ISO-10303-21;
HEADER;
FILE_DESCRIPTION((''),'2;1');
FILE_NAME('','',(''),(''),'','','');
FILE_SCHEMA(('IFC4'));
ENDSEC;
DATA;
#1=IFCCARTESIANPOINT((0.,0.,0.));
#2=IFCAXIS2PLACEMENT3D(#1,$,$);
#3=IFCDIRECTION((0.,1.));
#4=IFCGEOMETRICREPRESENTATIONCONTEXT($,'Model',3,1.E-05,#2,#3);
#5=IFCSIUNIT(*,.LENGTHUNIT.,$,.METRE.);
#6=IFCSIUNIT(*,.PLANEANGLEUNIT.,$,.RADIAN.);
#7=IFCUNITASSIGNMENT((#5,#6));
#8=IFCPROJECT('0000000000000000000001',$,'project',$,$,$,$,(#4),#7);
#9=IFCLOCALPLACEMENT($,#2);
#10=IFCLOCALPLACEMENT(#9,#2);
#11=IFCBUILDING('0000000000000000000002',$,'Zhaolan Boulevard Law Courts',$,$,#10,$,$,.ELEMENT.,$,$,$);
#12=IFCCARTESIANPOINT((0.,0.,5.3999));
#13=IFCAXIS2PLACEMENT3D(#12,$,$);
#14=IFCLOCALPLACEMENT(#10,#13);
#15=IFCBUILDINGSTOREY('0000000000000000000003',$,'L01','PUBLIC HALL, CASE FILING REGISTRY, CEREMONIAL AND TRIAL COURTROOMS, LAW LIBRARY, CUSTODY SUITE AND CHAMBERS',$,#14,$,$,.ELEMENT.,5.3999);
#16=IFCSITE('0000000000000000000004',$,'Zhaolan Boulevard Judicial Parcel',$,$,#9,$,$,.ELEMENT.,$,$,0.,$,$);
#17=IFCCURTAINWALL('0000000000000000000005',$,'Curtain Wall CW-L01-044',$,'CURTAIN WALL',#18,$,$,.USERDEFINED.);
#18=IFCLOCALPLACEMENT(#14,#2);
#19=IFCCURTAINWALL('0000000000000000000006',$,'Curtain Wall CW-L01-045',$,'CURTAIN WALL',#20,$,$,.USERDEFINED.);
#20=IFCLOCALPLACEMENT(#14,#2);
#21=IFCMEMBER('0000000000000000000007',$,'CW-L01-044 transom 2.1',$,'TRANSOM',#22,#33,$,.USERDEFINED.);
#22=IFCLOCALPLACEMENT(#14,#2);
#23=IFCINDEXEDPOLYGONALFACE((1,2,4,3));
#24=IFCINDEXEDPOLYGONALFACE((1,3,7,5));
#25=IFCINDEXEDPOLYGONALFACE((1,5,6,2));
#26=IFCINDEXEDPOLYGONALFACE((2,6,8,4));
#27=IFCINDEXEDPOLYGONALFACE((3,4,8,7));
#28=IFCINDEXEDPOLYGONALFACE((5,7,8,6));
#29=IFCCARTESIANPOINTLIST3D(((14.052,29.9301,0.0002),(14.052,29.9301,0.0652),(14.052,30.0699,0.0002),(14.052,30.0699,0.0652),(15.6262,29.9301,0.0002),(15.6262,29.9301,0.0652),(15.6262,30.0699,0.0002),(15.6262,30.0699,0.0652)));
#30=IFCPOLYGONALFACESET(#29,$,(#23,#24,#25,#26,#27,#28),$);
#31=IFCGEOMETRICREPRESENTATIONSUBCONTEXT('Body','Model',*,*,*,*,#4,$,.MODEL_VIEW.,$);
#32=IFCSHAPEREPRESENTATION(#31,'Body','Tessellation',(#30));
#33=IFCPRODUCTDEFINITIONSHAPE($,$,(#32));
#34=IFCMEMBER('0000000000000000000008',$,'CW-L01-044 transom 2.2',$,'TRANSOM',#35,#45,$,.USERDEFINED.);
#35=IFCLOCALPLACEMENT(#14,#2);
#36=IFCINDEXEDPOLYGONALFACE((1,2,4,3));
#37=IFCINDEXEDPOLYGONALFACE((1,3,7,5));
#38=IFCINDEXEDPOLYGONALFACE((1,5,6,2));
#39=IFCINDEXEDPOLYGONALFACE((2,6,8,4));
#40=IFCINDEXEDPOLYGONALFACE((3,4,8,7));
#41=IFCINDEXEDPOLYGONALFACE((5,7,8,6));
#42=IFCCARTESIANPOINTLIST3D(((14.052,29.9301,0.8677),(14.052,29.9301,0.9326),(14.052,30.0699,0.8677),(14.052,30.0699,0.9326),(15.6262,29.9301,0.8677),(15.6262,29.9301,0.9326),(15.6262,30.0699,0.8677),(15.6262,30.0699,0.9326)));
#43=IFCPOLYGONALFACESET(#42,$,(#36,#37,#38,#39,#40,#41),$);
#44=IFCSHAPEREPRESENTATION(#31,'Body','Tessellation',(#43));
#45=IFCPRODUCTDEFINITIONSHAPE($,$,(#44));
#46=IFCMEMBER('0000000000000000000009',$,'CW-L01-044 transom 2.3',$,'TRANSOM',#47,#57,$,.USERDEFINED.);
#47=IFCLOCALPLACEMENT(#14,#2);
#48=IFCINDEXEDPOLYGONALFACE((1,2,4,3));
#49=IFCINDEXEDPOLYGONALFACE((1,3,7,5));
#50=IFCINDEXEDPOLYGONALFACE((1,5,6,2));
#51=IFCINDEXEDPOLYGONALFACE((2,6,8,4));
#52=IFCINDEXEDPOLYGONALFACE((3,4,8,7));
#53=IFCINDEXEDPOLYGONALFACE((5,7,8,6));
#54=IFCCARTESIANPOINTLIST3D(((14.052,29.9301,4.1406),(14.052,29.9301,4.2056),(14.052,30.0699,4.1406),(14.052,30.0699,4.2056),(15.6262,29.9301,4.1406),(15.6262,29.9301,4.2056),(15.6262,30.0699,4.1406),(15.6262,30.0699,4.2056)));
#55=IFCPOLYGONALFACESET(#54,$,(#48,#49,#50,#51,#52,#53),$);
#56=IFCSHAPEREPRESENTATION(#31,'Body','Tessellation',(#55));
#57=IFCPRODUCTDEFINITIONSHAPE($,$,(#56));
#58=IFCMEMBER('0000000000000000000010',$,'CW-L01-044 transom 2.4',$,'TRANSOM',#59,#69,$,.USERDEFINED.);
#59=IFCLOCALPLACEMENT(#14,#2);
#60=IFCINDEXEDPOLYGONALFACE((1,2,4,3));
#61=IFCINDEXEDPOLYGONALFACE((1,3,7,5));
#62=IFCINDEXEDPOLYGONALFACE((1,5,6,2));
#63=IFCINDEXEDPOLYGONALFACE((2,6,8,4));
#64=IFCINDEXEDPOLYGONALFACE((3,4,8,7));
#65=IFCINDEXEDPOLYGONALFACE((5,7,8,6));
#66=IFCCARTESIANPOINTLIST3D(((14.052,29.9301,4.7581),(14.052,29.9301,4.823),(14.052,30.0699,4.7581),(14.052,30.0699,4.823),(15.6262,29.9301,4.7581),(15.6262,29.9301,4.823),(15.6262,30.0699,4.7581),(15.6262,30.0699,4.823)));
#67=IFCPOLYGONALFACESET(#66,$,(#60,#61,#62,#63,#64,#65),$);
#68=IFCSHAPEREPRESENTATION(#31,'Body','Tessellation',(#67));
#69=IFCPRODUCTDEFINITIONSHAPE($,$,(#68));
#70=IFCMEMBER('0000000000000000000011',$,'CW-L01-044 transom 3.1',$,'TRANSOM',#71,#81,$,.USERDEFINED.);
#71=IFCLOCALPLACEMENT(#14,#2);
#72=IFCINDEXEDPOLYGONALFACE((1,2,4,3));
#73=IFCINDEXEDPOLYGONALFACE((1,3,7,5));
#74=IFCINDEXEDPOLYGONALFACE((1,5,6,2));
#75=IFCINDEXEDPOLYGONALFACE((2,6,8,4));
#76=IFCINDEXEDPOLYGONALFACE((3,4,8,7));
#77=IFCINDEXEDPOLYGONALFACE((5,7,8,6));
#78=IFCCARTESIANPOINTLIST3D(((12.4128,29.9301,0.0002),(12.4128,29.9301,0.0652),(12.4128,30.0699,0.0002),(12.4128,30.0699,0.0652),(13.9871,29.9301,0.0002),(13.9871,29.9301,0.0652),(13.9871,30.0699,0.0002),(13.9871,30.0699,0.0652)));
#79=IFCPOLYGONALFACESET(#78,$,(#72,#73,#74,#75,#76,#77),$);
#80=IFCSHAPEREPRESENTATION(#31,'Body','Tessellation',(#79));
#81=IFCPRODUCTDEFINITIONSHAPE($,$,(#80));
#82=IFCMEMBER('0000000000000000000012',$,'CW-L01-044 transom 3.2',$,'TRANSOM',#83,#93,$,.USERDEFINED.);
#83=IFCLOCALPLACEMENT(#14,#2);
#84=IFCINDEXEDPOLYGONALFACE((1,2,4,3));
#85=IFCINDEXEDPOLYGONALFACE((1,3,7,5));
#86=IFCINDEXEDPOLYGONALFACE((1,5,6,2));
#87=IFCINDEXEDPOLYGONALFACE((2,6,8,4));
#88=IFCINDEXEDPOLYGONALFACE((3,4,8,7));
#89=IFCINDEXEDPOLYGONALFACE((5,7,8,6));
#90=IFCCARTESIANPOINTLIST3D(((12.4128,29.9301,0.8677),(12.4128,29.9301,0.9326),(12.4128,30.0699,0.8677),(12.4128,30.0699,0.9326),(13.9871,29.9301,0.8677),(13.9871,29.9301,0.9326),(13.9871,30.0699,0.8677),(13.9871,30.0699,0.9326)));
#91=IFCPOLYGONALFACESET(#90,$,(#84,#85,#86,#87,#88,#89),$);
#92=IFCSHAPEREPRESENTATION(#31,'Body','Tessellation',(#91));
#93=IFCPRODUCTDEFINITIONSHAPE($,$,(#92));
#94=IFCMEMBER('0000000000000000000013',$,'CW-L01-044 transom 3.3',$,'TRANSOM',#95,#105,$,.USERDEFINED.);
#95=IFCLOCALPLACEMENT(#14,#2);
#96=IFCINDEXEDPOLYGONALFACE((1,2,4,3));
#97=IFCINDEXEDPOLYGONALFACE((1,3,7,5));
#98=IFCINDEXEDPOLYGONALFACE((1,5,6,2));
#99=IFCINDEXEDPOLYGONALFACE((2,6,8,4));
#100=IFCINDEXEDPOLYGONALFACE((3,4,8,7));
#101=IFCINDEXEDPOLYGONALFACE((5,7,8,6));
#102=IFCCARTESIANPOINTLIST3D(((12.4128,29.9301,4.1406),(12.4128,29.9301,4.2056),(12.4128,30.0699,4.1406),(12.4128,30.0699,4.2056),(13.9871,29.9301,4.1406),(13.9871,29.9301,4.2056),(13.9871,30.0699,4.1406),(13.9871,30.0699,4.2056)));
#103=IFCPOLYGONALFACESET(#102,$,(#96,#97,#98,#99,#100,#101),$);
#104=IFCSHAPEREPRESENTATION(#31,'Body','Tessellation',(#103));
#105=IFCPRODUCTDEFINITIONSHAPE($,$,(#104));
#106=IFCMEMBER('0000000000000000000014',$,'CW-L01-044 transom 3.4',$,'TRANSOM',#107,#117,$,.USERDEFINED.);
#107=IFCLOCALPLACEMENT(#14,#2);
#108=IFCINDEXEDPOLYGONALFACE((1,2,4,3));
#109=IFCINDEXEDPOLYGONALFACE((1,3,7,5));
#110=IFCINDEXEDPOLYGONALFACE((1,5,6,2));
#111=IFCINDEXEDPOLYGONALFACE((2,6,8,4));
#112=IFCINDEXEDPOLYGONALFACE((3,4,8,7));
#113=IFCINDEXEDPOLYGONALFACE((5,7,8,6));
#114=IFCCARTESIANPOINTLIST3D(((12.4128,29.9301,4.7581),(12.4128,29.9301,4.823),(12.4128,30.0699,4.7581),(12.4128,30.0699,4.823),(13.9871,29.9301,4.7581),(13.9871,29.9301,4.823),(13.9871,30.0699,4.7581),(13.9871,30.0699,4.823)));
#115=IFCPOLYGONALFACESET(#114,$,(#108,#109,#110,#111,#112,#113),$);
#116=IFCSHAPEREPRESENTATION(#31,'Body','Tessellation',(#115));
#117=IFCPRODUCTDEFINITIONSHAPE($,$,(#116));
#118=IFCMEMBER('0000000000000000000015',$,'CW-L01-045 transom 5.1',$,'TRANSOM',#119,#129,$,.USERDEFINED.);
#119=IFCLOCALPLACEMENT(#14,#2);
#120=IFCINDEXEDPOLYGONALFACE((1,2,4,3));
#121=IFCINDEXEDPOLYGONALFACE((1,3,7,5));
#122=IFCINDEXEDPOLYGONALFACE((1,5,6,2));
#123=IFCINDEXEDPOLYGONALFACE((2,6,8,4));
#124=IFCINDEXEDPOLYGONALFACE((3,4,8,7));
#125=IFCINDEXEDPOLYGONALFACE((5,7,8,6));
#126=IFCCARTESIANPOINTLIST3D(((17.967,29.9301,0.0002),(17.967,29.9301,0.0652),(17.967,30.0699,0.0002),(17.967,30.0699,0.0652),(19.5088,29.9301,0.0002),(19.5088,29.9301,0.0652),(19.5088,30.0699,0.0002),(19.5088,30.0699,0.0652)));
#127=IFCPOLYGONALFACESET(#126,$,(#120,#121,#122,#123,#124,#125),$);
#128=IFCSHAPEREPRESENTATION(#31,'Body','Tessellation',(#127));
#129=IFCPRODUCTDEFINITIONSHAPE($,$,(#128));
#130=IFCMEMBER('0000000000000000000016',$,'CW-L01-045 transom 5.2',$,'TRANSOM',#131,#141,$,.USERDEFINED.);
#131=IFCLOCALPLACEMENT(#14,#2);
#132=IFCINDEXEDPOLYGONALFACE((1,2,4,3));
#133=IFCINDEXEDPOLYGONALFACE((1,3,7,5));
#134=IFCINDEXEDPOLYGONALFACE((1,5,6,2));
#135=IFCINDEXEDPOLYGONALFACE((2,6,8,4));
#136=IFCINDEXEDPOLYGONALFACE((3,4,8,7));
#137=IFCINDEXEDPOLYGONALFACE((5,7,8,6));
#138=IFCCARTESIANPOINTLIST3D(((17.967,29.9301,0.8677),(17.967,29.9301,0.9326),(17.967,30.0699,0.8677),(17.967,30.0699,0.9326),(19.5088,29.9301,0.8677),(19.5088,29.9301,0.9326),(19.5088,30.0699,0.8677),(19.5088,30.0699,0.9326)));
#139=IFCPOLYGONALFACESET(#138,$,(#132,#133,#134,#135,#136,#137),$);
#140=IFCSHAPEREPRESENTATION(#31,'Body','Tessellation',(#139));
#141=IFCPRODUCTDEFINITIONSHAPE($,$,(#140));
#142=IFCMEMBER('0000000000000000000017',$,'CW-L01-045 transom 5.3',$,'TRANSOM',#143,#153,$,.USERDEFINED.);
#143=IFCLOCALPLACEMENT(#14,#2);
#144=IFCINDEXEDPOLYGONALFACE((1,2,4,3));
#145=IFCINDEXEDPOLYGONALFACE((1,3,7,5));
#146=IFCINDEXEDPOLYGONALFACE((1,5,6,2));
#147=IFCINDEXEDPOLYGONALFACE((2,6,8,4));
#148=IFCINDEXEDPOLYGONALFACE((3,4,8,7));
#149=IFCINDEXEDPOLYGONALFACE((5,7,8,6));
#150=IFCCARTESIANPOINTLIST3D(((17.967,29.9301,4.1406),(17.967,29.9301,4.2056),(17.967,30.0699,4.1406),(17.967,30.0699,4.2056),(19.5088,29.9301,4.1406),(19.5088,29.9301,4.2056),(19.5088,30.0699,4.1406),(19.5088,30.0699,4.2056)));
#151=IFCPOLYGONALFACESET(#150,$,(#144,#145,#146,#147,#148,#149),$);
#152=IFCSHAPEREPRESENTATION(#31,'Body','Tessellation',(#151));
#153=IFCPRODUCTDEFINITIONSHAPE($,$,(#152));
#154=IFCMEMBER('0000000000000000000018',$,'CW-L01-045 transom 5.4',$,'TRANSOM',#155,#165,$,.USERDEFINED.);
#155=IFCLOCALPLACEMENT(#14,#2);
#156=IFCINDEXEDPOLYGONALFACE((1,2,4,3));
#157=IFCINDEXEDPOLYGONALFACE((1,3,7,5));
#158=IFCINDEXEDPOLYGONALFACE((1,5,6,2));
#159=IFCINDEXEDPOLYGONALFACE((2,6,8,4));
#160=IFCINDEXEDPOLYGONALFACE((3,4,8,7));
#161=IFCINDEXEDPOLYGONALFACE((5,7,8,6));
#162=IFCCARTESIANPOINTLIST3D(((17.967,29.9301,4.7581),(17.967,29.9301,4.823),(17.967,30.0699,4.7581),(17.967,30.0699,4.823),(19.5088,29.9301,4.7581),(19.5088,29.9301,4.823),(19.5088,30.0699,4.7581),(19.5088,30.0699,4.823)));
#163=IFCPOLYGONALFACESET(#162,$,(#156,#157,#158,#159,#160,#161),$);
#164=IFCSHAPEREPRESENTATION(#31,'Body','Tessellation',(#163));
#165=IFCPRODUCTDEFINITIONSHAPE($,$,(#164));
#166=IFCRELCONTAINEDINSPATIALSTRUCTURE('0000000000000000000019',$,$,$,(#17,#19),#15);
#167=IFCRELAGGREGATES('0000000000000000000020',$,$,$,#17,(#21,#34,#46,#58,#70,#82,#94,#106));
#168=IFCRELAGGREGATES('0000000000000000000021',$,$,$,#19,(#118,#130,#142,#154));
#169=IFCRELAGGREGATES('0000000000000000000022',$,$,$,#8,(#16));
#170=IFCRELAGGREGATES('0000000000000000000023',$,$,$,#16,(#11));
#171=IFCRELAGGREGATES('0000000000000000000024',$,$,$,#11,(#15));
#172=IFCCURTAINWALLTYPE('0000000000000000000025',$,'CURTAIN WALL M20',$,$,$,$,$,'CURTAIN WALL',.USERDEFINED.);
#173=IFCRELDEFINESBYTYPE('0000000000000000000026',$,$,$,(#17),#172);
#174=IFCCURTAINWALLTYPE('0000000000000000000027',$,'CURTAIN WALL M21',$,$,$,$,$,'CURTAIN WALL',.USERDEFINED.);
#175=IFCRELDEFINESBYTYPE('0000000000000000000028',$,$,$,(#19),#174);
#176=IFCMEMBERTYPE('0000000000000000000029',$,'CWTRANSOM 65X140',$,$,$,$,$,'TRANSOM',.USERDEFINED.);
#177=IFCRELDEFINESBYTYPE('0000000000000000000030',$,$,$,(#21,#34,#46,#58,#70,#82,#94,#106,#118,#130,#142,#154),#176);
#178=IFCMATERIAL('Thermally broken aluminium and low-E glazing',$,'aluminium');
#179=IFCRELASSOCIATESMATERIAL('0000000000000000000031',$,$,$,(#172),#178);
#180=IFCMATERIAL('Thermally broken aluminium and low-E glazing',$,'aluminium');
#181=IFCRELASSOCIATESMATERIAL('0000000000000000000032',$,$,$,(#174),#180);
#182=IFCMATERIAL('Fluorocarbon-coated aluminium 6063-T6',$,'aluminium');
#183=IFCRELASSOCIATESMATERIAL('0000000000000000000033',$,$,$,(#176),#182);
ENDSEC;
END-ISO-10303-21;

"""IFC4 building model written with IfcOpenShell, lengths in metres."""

from ifc_helpers import new_model, si_unit, direction, frame, origin, origin_2d, place, context, subcontext, project, spatial, rectangle, extrude, material, material_profile, profile_set, type_object, element, aggregate, save


model = new_model("IFC4")

# Units and contexts
model_context = context("Model", 3, precision=1e-05, world=origin(), true_north=direction((0.0, 1.0)))
body_context = subcontext(model_context, "Body", "Model", "MODEL_VIEW")
ifc_project = project(units=[si_unit("LENGTHUNIT", "METRE"), si_unit("PLANEANGLEUNIT", "RADIAN")], contexts=[model_context])

# Site, building, storey
site_placement = place(None, origin())
site = spatial("IfcSite", under=ifc_project, at=site_placement, Name="Zhaolan Boulevard Judicial Parcel", CompositionType="ELEMENT", RefElevation=0.0)
building_placement = place(site_placement, origin())
building = spatial("IfcBuilding", under=site, at=building_placement, Name="Zhaolan Boulevard Law Courts", CompositionType="ELEMENT")
storey_placement = place(building_placement, frame((0.0, 0.0, 5.3999)))
storey = spatial("IfcBuildingStorey", under=building, at=storey_placement, Name="L01", Description="PUBLIC HALL, CASE FILING REGISTRY, CEREMONIAL AND TRIAL COURTROOMS, LAW LIBRARY, CUSTODY SUITE AND CHAMBERS", CompositionType="ELEMENT", Elevation=5.3999)

# Curtain walls
ifc_material_1 = material(Name="Thermally broken aluminium and low-E glazing", Category="aluminium")
curtain_wall_type_1 = type_object("IfcCurtainWallType", Name="CURTAIN WALL M20", ElementType="CURTAIN WALL", PredefinedType="USERDEFINED", material=ifc_material_1)
curtain_wall_1_placement = place(storey_placement, origin())
curtain_wall_1 = element("IfcCurtainWall", 1, at=curtain_wall_1_placement, inside=storey, type_object=curtain_wall_type_1, Name="Curtain Wall CW-L01-044", ObjectType="CURTAIN WALL", PredefinedType="USERDEFINED")
ifc_material_2 = material(Name="Thermally broken aluminium and low-E glazing", Category="aluminium")
curtain_wall_type_2 = type_object("IfcCurtainWallType", Name="CURTAIN WALL M21", ElementType="CURTAIN WALL", PredefinedType="USERDEFINED", material=ifc_material_2)
curtain_wall_2_placement = place(storey_placement, origin())
curtain_wall_2 = element("IfcCurtainWall", 2, at=curtain_wall_2_placement, inside=storey, type_object=curtain_wall_type_2, Name="Curtain Wall CW-L01-045", ObjectType="CURTAIN WALL", PredefinedType="USERDEFINED")

# Members
ifc_material_3 = material(Name="Fluorocarbon-coated aluminium 6063-T6", Category="aluminium")
ifc_material_profile_1 = material_profile(ifc_material_3, rectangle(XDim=0.1399, YDim=0.0649, at=origin_2d()), Name="AL65x140")
ifc_profile_set_1 = profile_set([ifc_material_profile_1], Name="Fluorocarbon-coated aluminium 6063-T6")
member_type_1 = type_object("IfcMemberType", Name="CWTRANSOM 65X140", ElementType="TRANSOM", PredefinedType="USERDEFINED", material=ifc_profile_set_1)
member_1_placement = place(storey_placement, frame((15.6262, 30.0, 0.0327), z_axis=(-1.0, 0.0, 0.0), x_axis=(0.0, -1.0, 0.0)))
member_1 = element("IfcMember", 3, at=member_1_placement, type_object=member_type_1, Name="CW-L01-044 transom 2.1", ObjectType="TRANSOM", PredefinedType="USERDEFINED", context=body_context, shape_type="SweptSolid", body=[
    extrude(rectangle(XDim=0.1399, YDim=0.0649, at=origin_2d()), origin(), (0.0, 0.0, 1.0), 1.5742),
])
member_2_placement = place(storey_placement, frame((15.6262, 30.0, 0.9001), z_axis=(-1.0, 0.0, 0.0), x_axis=(0.0, -1.0, 0.0)))
member_2 = element("IfcMember", 4, at=member_2_placement, type_object=member_type_1, Name="CW-L01-044 transom 2.2", ObjectType="TRANSOM", PredefinedType="USERDEFINED", context=body_context, shape_type="SweptSolid", body=[
    extrude(rectangle(XDim=0.1399, YDim=0.0649, at=origin_2d()), origin(), (0.0, 0.0, 1.0), 1.5742),
])
member_3_placement = place(storey_placement, frame((15.6262, 30.0, 4.1731), z_axis=(-1.0, 0.0, 0.0), x_axis=(0.0, -1.0, 0.0)))
member_3 = element("IfcMember", 5, at=member_3_placement, type_object=member_type_1, Name="CW-L01-044 transom 2.3", ObjectType="TRANSOM", PredefinedType="USERDEFINED", context=body_context, shape_type="SweptSolid", body=[
    extrude(rectangle(XDim=0.1399, YDim=0.0649, at=origin_2d()), origin(), (0.0, 0.0, 1.0), 1.5742),
])
member_4_placement = place(storey_placement, frame((15.6262, 30.0, 4.7905), z_axis=(-1.0, 0.0, 0.0), x_axis=(0.0, -1.0, 0.0)))
member_4 = element("IfcMember", 6, at=member_4_placement, type_object=member_type_1, Name="CW-L01-044 transom 2.4", ObjectType="TRANSOM", PredefinedType="USERDEFINED", context=body_context, shape_type="SweptSolid", body=[
    extrude(rectangle(XDim=0.1399, YDim=0.0649, at=origin_2d()), origin(), (0.0, 0.0, 1.0), 1.5742),
])
member_5_placement = place(storey_placement, frame((13.9871, 30.0, 0.0327), z_axis=(-1.0, 0.0, 0.0), x_axis=(0.0, -1.0, 0.0)))
member_5 = element("IfcMember", 7, at=member_5_placement, type_object=member_type_1, Name="CW-L01-044 transom 3.1", ObjectType="TRANSOM", PredefinedType="USERDEFINED", context=body_context, shape_type="SweptSolid", body=[
    extrude(rectangle(XDim=0.1399, YDim=0.0649, at=origin_2d()), origin(), (0.0, 0.0, 1.0), 1.5742),
])
member_6_placement = place(storey_placement, frame((13.9871, 30.0, 0.9001), z_axis=(-1.0, 0.0, 0.0), x_axis=(0.0, -1.0, 0.0)))
member_6 = element("IfcMember", 8, at=member_6_placement, type_object=member_type_1, Name="CW-L01-044 transom 3.2", ObjectType="TRANSOM", PredefinedType="USERDEFINED", context=body_context, shape_type="SweptSolid", body=[
    extrude(rectangle(XDim=0.1399, YDim=0.0649, at=origin_2d()), origin(), (0.0, 0.0, 1.0), 1.5742),
])
member_7_placement = place(storey_placement, frame((13.9871, 30.0, 4.1731), z_axis=(-1.0, 0.0, 0.0), x_axis=(0.0, -1.0, 0.0)))
member_7 = element("IfcMember", 9, at=member_7_placement, type_object=member_type_1, Name="CW-L01-044 transom 3.3", ObjectType="TRANSOM", PredefinedType="USERDEFINED", context=body_context, shape_type="SweptSolid", body=[
    extrude(rectangle(XDim=0.1399, YDim=0.0649, at=origin_2d()), origin(), (0.0, 0.0, 1.0), 1.5742),
])
member_8_placement = place(storey_placement, frame((13.9871, 30.0, 4.7905), z_axis=(-1.0, 0.0, 0.0), x_axis=(0.0, -1.0, 0.0)))
member_8 = element("IfcMember", 10, at=member_8_placement, type_object=member_type_1, Name="CW-L01-044 transom 3.4", ObjectType="TRANSOM", PredefinedType="USERDEFINED", context=body_context, shape_type="SweptSolid", body=[
    extrude(rectangle(XDim=0.1399, YDim=0.0649, at=origin_2d()), origin(), (0.0, 0.0, 1.0), 1.5742),
])
member_9_placement = place(storey_placement, frame((19.5088, 30.0, 0.0327), z_axis=(-1.0, 0.0, 0.0), x_axis=(0.0, -1.0, 0.0)))
member_9 = element("IfcMember", 11, at=member_9_placement, type_object=member_type_1, Name="CW-L01-045 transom 5.1", ObjectType="TRANSOM", PredefinedType="USERDEFINED", context=body_context, shape_type="SweptSolid", body=[
    extrude(rectangle(XDim=0.1399, YDim=0.0649, at=origin_2d()), origin(), (0.0, 0.0, 1.0), 1.5417),
])
member_10_placement = place(storey_placement, frame((19.5088, 30.0, 0.9001), z_axis=(-1.0, 0.0, 0.0), x_axis=(0.0, -1.0, 0.0)))
member_10 = element("IfcMember", 12, at=member_10_placement, type_object=member_type_1, Name="CW-L01-045 transom 5.2", ObjectType="TRANSOM", PredefinedType="USERDEFINED", context=body_context, shape_type="SweptSolid", body=[
    extrude(rectangle(XDim=0.1399, YDim=0.0649, at=origin_2d()), origin(), (0.0, 0.0, 1.0), 1.5417),
])
member_11_placement = place(storey_placement, frame((19.5088, 30.0, 4.1731), z_axis=(-1.0, 0.0, 0.0), x_axis=(0.0, -1.0, 0.0)))
member_11 = element("IfcMember", 13, at=member_11_placement, type_object=member_type_1, Name="CW-L01-045 transom 5.3", ObjectType="TRANSOM", PredefinedType="USERDEFINED", context=body_context, shape_type="SweptSolid", body=[
    extrude(rectangle(XDim=0.1399, YDim=0.0649, at=origin_2d()), origin(), (0.0, 0.0, 1.0), 1.5417),
])
member_12_placement = place(storey_placement, frame((19.5088, 30.0, 4.7905), z_axis=(-1.0, 0.0, 0.0), x_axis=(0.0, -1.0, 0.0)))
member_12 = element("IfcMember", 14, at=member_12_placement, type_object=member_type_1, Name="CW-L01-045 transom 5.4", ObjectType="TRANSOM", PredefinedType="USERDEFINED", context=body_context, shape_type="SweptSolid", body=[
    extrude(rectangle(XDim=0.1399, YDim=0.0649, at=origin_2d()), origin(), (0.0, 0.0, 1.0), 1.5417),
])

aggregate(curtain_wall_1, [member_1, member_2, member_3, member_4, member_5, member_6, member_7, member_8])
aggregate(curtain_wall_2, [member_9, member_10, member_11, member_12])

save(model, "model.ifc")
